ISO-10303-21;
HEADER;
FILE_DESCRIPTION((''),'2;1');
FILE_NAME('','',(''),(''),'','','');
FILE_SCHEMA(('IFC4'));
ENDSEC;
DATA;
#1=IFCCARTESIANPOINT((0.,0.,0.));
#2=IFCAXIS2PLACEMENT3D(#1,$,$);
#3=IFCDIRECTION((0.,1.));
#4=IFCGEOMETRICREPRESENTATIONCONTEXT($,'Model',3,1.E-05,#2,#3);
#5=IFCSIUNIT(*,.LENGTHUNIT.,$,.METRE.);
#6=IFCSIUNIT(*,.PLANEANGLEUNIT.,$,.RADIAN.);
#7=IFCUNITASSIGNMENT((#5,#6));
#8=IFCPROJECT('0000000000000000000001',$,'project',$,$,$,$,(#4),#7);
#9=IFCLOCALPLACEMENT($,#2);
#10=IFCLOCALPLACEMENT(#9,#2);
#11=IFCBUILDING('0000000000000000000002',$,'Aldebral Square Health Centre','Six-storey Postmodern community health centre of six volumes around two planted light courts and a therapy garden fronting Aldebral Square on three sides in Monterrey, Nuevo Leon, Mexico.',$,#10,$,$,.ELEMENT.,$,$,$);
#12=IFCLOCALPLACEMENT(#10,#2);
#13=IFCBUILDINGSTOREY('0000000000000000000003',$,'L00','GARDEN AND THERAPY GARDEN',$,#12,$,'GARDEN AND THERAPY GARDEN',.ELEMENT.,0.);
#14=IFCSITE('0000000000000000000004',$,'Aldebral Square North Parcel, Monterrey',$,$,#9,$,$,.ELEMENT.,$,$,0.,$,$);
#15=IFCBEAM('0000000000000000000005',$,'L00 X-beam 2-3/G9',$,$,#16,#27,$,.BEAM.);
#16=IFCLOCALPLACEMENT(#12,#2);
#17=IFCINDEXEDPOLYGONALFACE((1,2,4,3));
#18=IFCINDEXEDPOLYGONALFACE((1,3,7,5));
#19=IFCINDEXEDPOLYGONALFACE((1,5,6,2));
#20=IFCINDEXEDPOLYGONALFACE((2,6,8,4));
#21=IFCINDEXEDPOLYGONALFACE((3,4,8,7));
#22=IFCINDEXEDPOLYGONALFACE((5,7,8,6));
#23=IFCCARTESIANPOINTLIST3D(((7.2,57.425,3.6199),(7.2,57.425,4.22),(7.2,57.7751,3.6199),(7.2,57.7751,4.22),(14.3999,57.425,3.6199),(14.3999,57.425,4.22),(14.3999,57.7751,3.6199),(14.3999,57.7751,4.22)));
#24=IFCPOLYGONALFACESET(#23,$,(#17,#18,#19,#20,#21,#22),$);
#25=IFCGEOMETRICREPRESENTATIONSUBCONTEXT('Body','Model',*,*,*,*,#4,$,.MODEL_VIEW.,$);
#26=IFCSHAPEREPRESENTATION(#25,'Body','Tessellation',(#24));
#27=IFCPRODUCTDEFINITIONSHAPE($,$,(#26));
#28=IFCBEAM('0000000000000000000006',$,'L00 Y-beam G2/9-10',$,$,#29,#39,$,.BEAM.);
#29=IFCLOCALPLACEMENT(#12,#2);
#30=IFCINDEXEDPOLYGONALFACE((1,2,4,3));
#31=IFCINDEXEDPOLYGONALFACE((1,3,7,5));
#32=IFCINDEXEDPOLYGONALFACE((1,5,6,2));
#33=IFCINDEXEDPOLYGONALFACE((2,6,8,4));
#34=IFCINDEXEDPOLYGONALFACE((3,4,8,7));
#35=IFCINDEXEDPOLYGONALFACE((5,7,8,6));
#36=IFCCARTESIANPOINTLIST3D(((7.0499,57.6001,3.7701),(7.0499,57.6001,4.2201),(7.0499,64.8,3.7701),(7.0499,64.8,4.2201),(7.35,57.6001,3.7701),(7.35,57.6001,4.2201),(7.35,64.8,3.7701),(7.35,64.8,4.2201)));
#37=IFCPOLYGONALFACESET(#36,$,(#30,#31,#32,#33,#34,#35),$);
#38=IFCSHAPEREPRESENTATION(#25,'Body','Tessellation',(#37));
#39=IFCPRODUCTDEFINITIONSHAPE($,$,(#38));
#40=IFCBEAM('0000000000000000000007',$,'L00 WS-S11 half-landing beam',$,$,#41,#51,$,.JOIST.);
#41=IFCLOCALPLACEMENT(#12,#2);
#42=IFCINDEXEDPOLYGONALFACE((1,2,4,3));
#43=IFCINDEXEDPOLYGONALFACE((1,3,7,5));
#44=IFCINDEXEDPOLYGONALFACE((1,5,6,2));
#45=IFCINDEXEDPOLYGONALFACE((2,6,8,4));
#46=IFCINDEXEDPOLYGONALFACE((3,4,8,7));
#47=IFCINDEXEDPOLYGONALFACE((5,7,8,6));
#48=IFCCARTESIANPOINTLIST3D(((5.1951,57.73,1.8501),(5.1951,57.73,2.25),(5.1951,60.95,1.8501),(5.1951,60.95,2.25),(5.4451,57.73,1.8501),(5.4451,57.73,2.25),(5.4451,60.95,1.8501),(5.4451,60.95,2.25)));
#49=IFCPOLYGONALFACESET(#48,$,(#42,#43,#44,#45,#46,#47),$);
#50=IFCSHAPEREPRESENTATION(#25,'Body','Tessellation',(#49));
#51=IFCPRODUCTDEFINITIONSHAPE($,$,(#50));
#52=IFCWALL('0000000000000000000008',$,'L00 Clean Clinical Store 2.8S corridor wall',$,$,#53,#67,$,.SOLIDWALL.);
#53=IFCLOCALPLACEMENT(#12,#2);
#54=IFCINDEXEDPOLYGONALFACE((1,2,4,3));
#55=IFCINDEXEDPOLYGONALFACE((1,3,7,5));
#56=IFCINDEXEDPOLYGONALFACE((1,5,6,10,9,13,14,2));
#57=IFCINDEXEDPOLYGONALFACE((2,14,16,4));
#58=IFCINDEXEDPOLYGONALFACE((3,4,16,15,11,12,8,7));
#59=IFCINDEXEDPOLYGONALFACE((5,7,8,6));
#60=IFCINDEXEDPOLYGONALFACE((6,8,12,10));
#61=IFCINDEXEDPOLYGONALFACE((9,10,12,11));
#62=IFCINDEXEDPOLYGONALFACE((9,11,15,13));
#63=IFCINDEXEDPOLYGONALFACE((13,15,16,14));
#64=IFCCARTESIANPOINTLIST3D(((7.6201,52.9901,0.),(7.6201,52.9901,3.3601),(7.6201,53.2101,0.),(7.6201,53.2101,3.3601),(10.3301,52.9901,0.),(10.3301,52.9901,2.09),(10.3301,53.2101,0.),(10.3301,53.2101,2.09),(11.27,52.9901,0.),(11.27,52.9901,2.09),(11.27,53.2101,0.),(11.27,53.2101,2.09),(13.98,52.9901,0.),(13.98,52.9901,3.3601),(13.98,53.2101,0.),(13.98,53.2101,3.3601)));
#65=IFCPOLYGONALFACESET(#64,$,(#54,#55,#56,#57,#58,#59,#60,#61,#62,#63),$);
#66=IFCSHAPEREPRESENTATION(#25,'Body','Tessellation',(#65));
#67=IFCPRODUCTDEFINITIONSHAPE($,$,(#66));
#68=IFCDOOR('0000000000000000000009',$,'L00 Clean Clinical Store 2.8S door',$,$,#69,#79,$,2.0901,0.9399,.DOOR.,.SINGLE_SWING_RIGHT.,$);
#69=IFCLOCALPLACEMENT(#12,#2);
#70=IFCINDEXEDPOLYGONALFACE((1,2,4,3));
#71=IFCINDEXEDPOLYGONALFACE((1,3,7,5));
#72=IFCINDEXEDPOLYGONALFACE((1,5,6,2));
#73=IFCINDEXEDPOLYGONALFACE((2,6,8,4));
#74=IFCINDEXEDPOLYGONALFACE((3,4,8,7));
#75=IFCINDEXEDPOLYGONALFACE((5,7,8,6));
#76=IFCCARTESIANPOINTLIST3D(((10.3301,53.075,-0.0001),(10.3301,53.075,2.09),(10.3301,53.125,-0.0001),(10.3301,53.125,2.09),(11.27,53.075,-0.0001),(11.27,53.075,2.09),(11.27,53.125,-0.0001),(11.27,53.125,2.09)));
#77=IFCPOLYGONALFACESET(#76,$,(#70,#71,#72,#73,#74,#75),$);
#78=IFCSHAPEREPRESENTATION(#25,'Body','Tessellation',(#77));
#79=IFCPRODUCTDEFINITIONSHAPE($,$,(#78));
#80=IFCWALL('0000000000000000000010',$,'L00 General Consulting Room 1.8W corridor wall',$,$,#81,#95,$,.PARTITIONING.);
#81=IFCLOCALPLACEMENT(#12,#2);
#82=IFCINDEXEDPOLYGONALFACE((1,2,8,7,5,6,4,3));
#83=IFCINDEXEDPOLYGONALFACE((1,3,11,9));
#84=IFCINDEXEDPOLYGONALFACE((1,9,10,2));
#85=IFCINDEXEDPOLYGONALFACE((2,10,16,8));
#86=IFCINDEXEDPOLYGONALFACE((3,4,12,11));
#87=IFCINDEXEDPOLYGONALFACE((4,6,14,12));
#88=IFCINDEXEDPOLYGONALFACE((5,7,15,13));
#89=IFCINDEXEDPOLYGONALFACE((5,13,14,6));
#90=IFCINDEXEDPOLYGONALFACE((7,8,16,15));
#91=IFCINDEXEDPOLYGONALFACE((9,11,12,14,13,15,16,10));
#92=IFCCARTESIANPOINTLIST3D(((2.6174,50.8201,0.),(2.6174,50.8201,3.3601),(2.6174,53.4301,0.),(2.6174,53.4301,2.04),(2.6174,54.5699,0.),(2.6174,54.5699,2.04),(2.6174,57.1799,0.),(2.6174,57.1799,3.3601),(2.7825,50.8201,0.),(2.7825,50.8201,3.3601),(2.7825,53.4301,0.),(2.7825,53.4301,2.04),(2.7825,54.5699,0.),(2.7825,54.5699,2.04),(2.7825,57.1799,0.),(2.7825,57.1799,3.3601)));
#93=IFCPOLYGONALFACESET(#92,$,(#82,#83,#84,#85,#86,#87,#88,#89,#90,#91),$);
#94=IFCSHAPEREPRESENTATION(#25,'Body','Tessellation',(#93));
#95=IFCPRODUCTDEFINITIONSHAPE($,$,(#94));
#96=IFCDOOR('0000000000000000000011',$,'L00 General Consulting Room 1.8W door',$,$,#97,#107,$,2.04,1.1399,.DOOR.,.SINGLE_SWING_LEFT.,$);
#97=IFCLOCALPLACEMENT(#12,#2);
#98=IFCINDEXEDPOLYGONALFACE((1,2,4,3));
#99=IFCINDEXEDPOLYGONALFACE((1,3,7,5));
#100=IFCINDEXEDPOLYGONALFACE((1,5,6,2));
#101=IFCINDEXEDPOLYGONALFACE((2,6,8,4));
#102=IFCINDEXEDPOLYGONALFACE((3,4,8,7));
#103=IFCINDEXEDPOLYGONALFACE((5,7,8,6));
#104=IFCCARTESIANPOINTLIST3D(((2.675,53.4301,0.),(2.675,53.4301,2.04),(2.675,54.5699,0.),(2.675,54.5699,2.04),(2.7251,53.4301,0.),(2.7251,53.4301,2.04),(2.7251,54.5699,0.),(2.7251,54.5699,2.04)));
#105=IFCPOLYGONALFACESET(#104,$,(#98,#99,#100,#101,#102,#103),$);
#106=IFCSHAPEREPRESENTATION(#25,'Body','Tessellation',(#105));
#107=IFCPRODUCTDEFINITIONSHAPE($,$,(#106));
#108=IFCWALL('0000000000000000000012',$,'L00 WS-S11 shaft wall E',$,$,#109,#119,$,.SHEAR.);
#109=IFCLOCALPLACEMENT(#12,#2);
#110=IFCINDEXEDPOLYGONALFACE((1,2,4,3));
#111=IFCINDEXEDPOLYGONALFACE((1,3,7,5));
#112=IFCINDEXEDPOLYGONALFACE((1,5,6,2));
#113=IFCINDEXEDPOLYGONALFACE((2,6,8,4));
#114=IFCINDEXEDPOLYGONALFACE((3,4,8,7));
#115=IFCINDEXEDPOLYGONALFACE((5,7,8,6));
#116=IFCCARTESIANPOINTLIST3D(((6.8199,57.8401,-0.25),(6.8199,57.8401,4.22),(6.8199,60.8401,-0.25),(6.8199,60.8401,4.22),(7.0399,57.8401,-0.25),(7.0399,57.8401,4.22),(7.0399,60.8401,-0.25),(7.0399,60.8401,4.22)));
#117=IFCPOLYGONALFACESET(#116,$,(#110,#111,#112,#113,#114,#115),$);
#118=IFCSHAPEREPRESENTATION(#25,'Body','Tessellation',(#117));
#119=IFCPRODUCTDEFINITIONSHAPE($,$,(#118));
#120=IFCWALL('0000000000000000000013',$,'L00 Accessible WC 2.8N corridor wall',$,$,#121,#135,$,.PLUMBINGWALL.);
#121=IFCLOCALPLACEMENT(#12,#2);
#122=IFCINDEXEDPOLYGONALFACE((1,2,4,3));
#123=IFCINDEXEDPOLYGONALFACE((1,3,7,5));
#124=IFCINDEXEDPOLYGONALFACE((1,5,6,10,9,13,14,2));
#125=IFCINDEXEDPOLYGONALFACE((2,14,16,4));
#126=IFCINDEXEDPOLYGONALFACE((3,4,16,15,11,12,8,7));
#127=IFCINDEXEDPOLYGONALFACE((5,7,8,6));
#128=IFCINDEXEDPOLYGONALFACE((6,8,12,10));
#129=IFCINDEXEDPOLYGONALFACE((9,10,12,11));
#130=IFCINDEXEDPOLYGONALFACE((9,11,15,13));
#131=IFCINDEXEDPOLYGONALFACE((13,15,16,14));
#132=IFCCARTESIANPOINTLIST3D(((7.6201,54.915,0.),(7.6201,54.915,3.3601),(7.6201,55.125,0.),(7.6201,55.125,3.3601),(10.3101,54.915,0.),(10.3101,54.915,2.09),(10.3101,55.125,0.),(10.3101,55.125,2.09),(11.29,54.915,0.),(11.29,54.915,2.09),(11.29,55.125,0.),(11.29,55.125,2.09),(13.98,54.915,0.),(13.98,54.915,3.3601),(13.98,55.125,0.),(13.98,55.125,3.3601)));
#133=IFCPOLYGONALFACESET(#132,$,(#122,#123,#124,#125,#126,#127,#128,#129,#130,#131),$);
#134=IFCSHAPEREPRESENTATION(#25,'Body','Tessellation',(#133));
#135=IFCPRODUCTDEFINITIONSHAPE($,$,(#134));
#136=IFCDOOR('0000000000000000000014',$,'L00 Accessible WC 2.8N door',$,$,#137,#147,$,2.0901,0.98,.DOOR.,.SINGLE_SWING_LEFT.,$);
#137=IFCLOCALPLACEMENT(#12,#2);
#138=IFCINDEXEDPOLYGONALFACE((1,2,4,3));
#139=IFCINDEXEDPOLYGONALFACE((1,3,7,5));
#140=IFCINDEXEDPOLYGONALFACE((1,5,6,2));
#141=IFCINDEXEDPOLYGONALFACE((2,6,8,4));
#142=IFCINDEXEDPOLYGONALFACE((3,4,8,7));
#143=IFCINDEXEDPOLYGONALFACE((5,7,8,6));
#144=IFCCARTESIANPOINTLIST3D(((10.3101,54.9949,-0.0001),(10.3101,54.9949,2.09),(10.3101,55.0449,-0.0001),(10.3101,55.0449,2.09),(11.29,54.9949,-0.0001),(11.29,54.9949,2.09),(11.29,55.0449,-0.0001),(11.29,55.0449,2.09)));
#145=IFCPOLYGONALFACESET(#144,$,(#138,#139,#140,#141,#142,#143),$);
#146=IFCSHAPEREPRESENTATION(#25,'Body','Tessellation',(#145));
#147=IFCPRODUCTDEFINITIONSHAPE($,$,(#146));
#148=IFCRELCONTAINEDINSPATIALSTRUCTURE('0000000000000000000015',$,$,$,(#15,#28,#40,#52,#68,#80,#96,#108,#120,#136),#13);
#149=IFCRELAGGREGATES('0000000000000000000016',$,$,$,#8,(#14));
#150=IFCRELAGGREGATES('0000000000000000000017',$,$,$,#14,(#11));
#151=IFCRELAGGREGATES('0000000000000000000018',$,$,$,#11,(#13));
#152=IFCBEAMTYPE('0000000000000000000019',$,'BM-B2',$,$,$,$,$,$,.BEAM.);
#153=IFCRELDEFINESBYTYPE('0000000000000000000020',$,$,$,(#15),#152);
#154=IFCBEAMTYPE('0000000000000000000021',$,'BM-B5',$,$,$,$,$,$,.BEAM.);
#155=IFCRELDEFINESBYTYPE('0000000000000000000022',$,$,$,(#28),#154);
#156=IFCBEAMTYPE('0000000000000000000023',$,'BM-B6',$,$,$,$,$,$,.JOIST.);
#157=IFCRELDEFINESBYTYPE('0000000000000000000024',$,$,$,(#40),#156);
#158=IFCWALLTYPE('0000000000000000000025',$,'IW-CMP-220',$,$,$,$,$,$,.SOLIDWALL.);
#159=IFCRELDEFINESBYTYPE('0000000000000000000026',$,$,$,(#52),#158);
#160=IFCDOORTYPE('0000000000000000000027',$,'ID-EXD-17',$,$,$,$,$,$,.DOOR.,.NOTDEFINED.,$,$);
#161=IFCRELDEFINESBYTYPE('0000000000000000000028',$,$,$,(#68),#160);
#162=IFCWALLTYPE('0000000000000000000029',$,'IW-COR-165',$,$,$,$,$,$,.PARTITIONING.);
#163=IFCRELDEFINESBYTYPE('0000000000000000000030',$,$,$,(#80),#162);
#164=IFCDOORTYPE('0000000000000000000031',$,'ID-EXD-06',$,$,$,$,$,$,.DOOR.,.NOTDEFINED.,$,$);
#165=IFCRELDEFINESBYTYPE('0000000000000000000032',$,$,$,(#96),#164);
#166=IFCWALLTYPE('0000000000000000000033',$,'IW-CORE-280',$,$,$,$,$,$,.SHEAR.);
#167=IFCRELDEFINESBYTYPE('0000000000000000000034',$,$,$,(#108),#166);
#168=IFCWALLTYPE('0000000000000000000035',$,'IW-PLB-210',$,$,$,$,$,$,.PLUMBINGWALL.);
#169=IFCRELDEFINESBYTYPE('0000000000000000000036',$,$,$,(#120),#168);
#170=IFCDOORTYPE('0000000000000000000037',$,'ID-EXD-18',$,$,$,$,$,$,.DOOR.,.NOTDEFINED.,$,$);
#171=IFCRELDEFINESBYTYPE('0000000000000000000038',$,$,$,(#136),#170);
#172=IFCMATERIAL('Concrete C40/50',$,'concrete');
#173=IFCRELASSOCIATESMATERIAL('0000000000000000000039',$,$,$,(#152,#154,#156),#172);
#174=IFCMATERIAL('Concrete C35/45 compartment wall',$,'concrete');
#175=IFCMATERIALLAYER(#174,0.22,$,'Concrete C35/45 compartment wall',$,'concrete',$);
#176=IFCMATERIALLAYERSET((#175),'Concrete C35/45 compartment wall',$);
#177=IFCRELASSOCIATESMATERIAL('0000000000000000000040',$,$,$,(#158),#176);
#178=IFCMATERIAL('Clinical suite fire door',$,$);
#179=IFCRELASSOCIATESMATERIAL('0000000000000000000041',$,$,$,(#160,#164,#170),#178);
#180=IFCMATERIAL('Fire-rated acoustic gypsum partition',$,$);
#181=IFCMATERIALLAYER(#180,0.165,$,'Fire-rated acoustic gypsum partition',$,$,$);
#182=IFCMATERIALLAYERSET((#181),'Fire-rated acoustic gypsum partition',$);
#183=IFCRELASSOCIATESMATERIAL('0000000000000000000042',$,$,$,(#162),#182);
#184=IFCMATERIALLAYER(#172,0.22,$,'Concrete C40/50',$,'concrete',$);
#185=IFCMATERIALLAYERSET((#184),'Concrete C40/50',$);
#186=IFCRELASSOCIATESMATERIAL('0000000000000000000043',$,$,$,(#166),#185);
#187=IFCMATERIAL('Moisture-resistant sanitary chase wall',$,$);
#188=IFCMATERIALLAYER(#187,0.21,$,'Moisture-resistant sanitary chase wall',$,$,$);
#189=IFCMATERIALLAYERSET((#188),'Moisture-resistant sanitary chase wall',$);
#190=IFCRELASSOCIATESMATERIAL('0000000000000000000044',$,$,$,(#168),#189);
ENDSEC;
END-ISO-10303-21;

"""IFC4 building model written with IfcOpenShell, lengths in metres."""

from ifc_helpers import new_model, si_unit, direction, frame, frame_2d, origin, origin_2d, place, context, subcontext, project, spatial, rectangle, extrude, material, layer, layer_set, material_profile, profile_set, type_object, element, fill, save


model = new_model("IFC4")

# Units and contexts
model_context = context("Model", 3, precision=1e-05, world=origin(), true_north=direction((0.0, 1.0)))
body_context = subcontext(model_context, "Body", "Model", "MODEL_VIEW")
ifc_project = project(units=[si_unit("LENGTHUNIT", "METRE"), si_unit("PLANEANGLEUNIT", "RADIAN")], contexts=[model_context])

# Site, building, storey
site_placement = place(None, origin())
site = spatial("IfcSite", under=ifc_project, at=site_placement, Name="Aldebral Square North Parcel, Monterrey", CompositionType="ELEMENT", RefElevation=0.0)
building_placement = place(site_placement, origin())
building = spatial("IfcBuilding", under=site, at=building_placement, Name="Aldebral Square Health Centre", Description="Six-storey Postmodern community health centre of six volumes around two planted light courts and a therapy garden fronting Aldebral Square on three sides in Monterrey, Nuevo Leon, Mexico.", CompositionType="ELEMENT")
storey_placement = place(building_placement, origin())
storey = spatial("IfcBuildingStorey", under=building, at=storey_placement, Name="L00", Description="GARDEN AND THERAPY GARDEN", LongName="GARDEN AND THERAPY GARDEN", CompositionType="ELEMENT", Elevation=0.0)

# Shared definitions
ifc_material_1 = material(Name="Concrete C40/50", Category="concrete")

# Beams
ifc_material_profile_1 = material_profile(ifc_material_1, rectangle(XDim=0.3501, YDim=0.6001, at=origin_2d()), Name="RC 350x600")
ifc_profile_set_1 = profile_set([ifc_material_profile_1], Name="Concrete C40/50")
beam_type_1 = type_object("IfcBeamType", Name="BM-B2", PredefinedType="BEAM", material=ifc_profile_set_1)
beam_1_placement = place(storey_placement, frame((7.2, 57.6001, 3.9199), z_axis=(1.0, 0.0, 0.0), x_axis=(0.0, 1.0, 0.0)))
element("IfcBeam", 1, at=beam_1_placement, inside=storey, type_object=beam_type_1, Name="L00 X-beam 2-3/G9", PredefinedType="BEAM", context=body_context, shape_type="SweptSolid", body=[
    extrude(rectangle(XDim=0.3501, YDim=0.6001, at=origin_2d()), origin(), (0.0, 0.0, 1.0), 7.2),
])
ifc_material_profile_2 = material_profile(ifc_material_1, rectangle(XDim=0.3, YDim=0.45, at=origin_2d()), Name="RC 300x450")
ifc_profile_set_2 = profile_set([ifc_material_profile_2], Name="Concrete C40/50")
beam_type_2 = type_object("IfcBeamType", Name="BM-B5", PredefinedType="BEAM", material=ifc_profile_set_2)
beam_2_placement = place(storey_placement, frame((7.2, 57.6001, 3.9951), z_axis=(0.0, 1.0, 0.0), x_axis=(-1.0, 0.0, 0.0)))
element("IfcBeam", 2, at=beam_2_placement, inside=storey, type_object=beam_type_2, Name="L00 Y-beam G2/9-10", PredefinedType="BEAM", context=body_context, shape_type="SweptSolid", body=[
    extrude(rectangle(XDim=0.3, YDim=0.45, at=origin_2d()), origin(), (0.0, 0.0, 1.0), 7.2),
])
ifc_material_profile_3 = material_profile(ifc_material_1, rectangle(XDim=0.25, YDim=0.3999, at=origin_2d()), Name="RC 250x400")
ifc_profile_set_3 = profile_set([ifc_material_profile_3], Name="Concrete C40/50")
beam_type_3 = type_object("IfcBeamType", Name="BM-B6", PredefinedType="JOIST", material=ifc_profile_set_3)
beam_3_placement = place(storey_placement, frame((5.3201, 57.73, 2.05), z_axis=(0.0, 1.0, 0.0), x_axis=(-1.0, 0.0, 0.0)))
element("IfcBeam", 3, at=beam_3_placement, inside=storey, type_object=beam_type_3, Name="L00 WS-S11 half-landing beam", PredefinedType="JOIST", context=body_context, shape_type="SweptSolid", body=[
    extrude(rectangle(XDim=0.25, YDim=0.3999, at=origin_2d()), origin(), (0.0, 0.0, 1.0), 3.22),
])

# Walls, openings, doors
ifc_material_2 = material(Name="Concrete C35/45 compartment wall", Category="concrete")
ifc_layer_1 = layer(ifc_material_2, 0.22, Name="Concrete C35/45 compartment wall", Category="concrete")
ifc_layer_set_1 = layer_set([ifc_layer_1], Name="Concrete C35/45 compartment wall")
wall_type_1 = type_object("IfcWallType", Name="IW-CMP-220", PredefinedType="SOLIDWALL", material=ifc_layer_set_1)
wall_1_placement = place(storey_placement, frame((7.6201, 53.1001, 0.0), z_axis=(0.0, 0.0, 1.0), x_axis=(1.0, 0.0, 0.0)))
wall_1 = element("IfcWall", 4, at=wall_1_placement, inside=storey, type_object=wall_type_1, Name="L00 Clean Clinical Store 2.8S corridor wall", PredefinedType="SOLIDWALL", context=body_context, shape_type="SweptSolid", body=[
    extrude(rectangle(XDim=6.3599, YDim=0.22, at=frame_2d((3.1799, 0.0))), origin(), (0.0, 0.0, 1.0), 3.3601),
])
opening_1_placement = place(wall_1_placement, frame((2.71, 0.0, 0.0)))
opening_1 = element("IfcOpeningElement", 5, at=opening_1_placement, cuts=wall_1, PredefinedType="OPENING", context=body_context, shape_type="SweptSolid", body=[
    extrude(rectangle(XDim=0.9399, YDim=2.0901, at=frame_2d((0.47, 1.0449))), frame((0.0, 0.1201, 0.0), z_axis=(0.0, -1.0, 0.0), x_axis=(1.0, 0.0, 0.0)), (0.0, 0.0, 1.0), 0.24),
])
ifc_material_3 = material(Name="Clinical suite fire door")
door_type_1 = type_object("IfcDoorType", Name="ID-EXD-17", OperationType="NOTDEFINED", PredefinedType="DOOR", material=ifc_material_3)
door_1_placement = place(opening_1_placement, origin())
door_1 = element("IfcDoor", 6, at=door_1_placement, inside=storey, type_object=door_type_1, Name="L00 Clean Clinical Store 2.8S door", OperationType="SINGLE_SWING_RIGHT", OverallHeight=2.0901, OverallWidth=0.9399, PredefinedType="DOOR", context=body_context, shape_type="SweptSolid", body=[
    extrude(rectangle(XDim=0.9399, YDim=2.0901, at=frame_2d((0.47, 1.0449))), frame((0.0, 0.0249, 0.0), z_axis=(0.0, -1.0, 0.0), x_axis=(1.0, 0.0, 0.0)), (0.0, 0.0, 1.0), 0.05),
])
fill(opening_1, door_1)
ifc_material_4 = material(Name="Fire-rated acoustic gypsum partition")
ifc_layer_2 = layer(ifc_material_4, 0.165, Name="Fire-rated acoustic gypsum partition")
ifc_layer_set_2 = layer_set([ifc_layer_2], Name="Fire-rated acoustic gypsum partition")
wall_type_2 = type_object("IfcWallType", Name="IW-COR-165", PredefinedType="PARTITIONING", material=ifc_layer_set_2)
wall_2_placement = place(storey_placement, frame((2.7, 50.8201, 0.0), z_axis=(0.0, 0.0, 1.0), x_axis=(0.0, 1.0, 0.0)))
wall_2 = element("IfcWall", 7, at=wall_2_placement, inside=storey, type_object=wall_type_2, Name="L00 General Consulting Room 1.8W corridor wall", PredefinedType="PARTITIONING", context=body_context, shape_type="SweptSolid", body=[
    extrude(rectangle(XDim=6.3599, YDim=0.165, at=frame_2d((3.1799, 0.0))), origin(), (0.0, 0.0, 1.0), 3.3601),
])
opening_2_placement = place(wall_2_placement, frame((2.6101, 0.0, 0.0)))
opening_2 = element("IfcOpeningElement", 8, at=opening_2_placement, cuts=wall_2, PredefinedType="OPENING", context=body_context, shape_type="SweptSolid", body=[
    extrude(rectangle(XDim=1.1399, YDim=2.04, at=frame_2d((0.5698, 1.02))), frame((0.0, 0.0925, 0.0), z_axis=(0.0, -1.0, 0.0), x_axis=(1.0, 0.0, 0.0)), (0.0, 0.0, 1.0), 0.1851),
])
door_type_2 = type_object("IfcDoorType", Name="ID-EXD-06", OperationType="NOTDEFINED", PredefinedType="DOOR", material=ifc_material_3)
door_2_placement = place(opening_2_placement, origin())
door_2 = element("IfcDoor", 9, at=door_2_placement, inside=storey, type_object=door_type_2, Name="L00 General Consulting Room 1.8W door", OperationType="SINGLE_SWING_LEFT", OverallHeight=2.04, OverallWidth=1.1399, PredefinedType="DOOR", context=body_context, shape_type="SweptSolid", body=[
    extrude(rectangle(XDim=1.1399, YDim=2.04, at=frame_2d((0.5698, 1.02))), frame((0.0, 0.0249, 0.0), z_axis=(0.0, -1.0, 0.0), x_axis=(1.0, 0.0, 0.0)), (0.0, 0.0, 1.0), 0.05),
])
fill(opening_2, door_2)

# Wall
ifc_layer_3 = layer(ifc_material_1, 0.22, Name="Concrete C40/50", Category="concrete")
ifc_layer_set_3 = layer_set([ifc_layer_3], Name="Concrete C40/50")
wall_type_3 = type_object("IfcWallType", Name="IW-CORE-280", PredefinedType="SHEAR", material=ifc_layer_set_3)
wall_3_placement = place(storey_placement, frame((6.9299, 57.8401, -0.25), z_axis=(0.0, 0.0, 1.0), x_axis=(0.0, 1.0, 0.0)))
element("IfcWall", 10, at=wall_3_placement, inside=storey, type_object=wall_type_3, Name="L00 WS-S11 shaft wall E", PredefinedType="SHEAR", context=body_context, shape_type="SweptSolid", body=[
    extrude(rectangle(XDim=3.0, YDim=0.22, at=frame_2d((1.5, 0.0))), origin(), (0.0, 0.0, 1.0), 4.47),
])

# Wall, opening, door
ifc_material_5 = material(Name="Moisture-resistant sanitary chase wall")
ifc_layer_4 = layer(ifc_material_5, 0.21, Name="Moisture-resistant sanitary chase wall")
ifc_layer_set_4 = layer_set([ifc_layer_4], Name="Moisture-resistant sanitary chase wall")
wall_type_4 = type_object("IfcWallType", Name="IW-PLB-210", PredefinedType="PLUMBINGWALL", material=ifc_layer_set_4)
wall_4_placement = place(storey_placement, frame((7.6201, 55.02, 0.0), z_axis=(0.0, 0.0, 1.0), x_axis=(1.0, 0.0, 0.0)))
wall_4 = element("IfcWall", 11, at=wall_4_placement, inside=storey, type_object=wall_type_4, Name="L00 Accessible WC 2.8N corridor wall", PredefinedType="PLUMBINGWALL", context=body_context, shape_type="SweptSolid", body=[
    extrude(rectangle(XDim=6.3599, YDim=0.21, at=frame_2d((3.1799, 0.0))), origin(), (0.0, 0.0, 1.0), 3.3601),
])
opening_3_placement = place(wall_4_placement, frame((2.6899, 0.0, 0.0)))
opening_3 = element("IfcOpeningElement", 12, at=opening_3_placement, cuts=wall_4, PredefinedType="OPENING", context=body_context, shape_type="SweptSolid", body=[
    extrude(rectangle(XDim=0.98, YDim=2.0901, at=frame_2d((0.49, 1.0449))), frame((0.0, 0.115, 0.0), z_axis=(0.0, -1.0, 0.0), x_axis=(1.0, 0.0, 0.0)), (0.0, 0.0, 1.0), 0.23),
])
door_type_3 = type_object("IfcDoorType", Name="ID-EXD-18", OperationType="NOTDEFINED", PredefinedType="DOOR", material=ifc_material_3)
door_3_placement = place(opening_3_placement, origin())
door_3 = element("IfcDoor", 13, at=door_3_placement, inside=storey, type_object=door_type_3, Name="L00 Accessible WC 2.8N door", OperationType="SINGLE_SWING_LEFT", OverallHeight=2.0901, OverallWidth=0.98, PredefinedType="DOOR", context=body_context, shape_type="SweptSolid", body=[
    extrude(rectangle(XDim=0.98, YDim=2.0901, at=frame_2d((0.49, 1.0449))), frame((0.0, 0.0249, 0.0), z_axis=(0.0, -1.0, 0.0), x_axis=(1.0, 0.0, 0.0)), (0.0, 0.0, 1.0), 0.05),
])
fill(opening_3, door_3)

save(model, "model.ifc")
